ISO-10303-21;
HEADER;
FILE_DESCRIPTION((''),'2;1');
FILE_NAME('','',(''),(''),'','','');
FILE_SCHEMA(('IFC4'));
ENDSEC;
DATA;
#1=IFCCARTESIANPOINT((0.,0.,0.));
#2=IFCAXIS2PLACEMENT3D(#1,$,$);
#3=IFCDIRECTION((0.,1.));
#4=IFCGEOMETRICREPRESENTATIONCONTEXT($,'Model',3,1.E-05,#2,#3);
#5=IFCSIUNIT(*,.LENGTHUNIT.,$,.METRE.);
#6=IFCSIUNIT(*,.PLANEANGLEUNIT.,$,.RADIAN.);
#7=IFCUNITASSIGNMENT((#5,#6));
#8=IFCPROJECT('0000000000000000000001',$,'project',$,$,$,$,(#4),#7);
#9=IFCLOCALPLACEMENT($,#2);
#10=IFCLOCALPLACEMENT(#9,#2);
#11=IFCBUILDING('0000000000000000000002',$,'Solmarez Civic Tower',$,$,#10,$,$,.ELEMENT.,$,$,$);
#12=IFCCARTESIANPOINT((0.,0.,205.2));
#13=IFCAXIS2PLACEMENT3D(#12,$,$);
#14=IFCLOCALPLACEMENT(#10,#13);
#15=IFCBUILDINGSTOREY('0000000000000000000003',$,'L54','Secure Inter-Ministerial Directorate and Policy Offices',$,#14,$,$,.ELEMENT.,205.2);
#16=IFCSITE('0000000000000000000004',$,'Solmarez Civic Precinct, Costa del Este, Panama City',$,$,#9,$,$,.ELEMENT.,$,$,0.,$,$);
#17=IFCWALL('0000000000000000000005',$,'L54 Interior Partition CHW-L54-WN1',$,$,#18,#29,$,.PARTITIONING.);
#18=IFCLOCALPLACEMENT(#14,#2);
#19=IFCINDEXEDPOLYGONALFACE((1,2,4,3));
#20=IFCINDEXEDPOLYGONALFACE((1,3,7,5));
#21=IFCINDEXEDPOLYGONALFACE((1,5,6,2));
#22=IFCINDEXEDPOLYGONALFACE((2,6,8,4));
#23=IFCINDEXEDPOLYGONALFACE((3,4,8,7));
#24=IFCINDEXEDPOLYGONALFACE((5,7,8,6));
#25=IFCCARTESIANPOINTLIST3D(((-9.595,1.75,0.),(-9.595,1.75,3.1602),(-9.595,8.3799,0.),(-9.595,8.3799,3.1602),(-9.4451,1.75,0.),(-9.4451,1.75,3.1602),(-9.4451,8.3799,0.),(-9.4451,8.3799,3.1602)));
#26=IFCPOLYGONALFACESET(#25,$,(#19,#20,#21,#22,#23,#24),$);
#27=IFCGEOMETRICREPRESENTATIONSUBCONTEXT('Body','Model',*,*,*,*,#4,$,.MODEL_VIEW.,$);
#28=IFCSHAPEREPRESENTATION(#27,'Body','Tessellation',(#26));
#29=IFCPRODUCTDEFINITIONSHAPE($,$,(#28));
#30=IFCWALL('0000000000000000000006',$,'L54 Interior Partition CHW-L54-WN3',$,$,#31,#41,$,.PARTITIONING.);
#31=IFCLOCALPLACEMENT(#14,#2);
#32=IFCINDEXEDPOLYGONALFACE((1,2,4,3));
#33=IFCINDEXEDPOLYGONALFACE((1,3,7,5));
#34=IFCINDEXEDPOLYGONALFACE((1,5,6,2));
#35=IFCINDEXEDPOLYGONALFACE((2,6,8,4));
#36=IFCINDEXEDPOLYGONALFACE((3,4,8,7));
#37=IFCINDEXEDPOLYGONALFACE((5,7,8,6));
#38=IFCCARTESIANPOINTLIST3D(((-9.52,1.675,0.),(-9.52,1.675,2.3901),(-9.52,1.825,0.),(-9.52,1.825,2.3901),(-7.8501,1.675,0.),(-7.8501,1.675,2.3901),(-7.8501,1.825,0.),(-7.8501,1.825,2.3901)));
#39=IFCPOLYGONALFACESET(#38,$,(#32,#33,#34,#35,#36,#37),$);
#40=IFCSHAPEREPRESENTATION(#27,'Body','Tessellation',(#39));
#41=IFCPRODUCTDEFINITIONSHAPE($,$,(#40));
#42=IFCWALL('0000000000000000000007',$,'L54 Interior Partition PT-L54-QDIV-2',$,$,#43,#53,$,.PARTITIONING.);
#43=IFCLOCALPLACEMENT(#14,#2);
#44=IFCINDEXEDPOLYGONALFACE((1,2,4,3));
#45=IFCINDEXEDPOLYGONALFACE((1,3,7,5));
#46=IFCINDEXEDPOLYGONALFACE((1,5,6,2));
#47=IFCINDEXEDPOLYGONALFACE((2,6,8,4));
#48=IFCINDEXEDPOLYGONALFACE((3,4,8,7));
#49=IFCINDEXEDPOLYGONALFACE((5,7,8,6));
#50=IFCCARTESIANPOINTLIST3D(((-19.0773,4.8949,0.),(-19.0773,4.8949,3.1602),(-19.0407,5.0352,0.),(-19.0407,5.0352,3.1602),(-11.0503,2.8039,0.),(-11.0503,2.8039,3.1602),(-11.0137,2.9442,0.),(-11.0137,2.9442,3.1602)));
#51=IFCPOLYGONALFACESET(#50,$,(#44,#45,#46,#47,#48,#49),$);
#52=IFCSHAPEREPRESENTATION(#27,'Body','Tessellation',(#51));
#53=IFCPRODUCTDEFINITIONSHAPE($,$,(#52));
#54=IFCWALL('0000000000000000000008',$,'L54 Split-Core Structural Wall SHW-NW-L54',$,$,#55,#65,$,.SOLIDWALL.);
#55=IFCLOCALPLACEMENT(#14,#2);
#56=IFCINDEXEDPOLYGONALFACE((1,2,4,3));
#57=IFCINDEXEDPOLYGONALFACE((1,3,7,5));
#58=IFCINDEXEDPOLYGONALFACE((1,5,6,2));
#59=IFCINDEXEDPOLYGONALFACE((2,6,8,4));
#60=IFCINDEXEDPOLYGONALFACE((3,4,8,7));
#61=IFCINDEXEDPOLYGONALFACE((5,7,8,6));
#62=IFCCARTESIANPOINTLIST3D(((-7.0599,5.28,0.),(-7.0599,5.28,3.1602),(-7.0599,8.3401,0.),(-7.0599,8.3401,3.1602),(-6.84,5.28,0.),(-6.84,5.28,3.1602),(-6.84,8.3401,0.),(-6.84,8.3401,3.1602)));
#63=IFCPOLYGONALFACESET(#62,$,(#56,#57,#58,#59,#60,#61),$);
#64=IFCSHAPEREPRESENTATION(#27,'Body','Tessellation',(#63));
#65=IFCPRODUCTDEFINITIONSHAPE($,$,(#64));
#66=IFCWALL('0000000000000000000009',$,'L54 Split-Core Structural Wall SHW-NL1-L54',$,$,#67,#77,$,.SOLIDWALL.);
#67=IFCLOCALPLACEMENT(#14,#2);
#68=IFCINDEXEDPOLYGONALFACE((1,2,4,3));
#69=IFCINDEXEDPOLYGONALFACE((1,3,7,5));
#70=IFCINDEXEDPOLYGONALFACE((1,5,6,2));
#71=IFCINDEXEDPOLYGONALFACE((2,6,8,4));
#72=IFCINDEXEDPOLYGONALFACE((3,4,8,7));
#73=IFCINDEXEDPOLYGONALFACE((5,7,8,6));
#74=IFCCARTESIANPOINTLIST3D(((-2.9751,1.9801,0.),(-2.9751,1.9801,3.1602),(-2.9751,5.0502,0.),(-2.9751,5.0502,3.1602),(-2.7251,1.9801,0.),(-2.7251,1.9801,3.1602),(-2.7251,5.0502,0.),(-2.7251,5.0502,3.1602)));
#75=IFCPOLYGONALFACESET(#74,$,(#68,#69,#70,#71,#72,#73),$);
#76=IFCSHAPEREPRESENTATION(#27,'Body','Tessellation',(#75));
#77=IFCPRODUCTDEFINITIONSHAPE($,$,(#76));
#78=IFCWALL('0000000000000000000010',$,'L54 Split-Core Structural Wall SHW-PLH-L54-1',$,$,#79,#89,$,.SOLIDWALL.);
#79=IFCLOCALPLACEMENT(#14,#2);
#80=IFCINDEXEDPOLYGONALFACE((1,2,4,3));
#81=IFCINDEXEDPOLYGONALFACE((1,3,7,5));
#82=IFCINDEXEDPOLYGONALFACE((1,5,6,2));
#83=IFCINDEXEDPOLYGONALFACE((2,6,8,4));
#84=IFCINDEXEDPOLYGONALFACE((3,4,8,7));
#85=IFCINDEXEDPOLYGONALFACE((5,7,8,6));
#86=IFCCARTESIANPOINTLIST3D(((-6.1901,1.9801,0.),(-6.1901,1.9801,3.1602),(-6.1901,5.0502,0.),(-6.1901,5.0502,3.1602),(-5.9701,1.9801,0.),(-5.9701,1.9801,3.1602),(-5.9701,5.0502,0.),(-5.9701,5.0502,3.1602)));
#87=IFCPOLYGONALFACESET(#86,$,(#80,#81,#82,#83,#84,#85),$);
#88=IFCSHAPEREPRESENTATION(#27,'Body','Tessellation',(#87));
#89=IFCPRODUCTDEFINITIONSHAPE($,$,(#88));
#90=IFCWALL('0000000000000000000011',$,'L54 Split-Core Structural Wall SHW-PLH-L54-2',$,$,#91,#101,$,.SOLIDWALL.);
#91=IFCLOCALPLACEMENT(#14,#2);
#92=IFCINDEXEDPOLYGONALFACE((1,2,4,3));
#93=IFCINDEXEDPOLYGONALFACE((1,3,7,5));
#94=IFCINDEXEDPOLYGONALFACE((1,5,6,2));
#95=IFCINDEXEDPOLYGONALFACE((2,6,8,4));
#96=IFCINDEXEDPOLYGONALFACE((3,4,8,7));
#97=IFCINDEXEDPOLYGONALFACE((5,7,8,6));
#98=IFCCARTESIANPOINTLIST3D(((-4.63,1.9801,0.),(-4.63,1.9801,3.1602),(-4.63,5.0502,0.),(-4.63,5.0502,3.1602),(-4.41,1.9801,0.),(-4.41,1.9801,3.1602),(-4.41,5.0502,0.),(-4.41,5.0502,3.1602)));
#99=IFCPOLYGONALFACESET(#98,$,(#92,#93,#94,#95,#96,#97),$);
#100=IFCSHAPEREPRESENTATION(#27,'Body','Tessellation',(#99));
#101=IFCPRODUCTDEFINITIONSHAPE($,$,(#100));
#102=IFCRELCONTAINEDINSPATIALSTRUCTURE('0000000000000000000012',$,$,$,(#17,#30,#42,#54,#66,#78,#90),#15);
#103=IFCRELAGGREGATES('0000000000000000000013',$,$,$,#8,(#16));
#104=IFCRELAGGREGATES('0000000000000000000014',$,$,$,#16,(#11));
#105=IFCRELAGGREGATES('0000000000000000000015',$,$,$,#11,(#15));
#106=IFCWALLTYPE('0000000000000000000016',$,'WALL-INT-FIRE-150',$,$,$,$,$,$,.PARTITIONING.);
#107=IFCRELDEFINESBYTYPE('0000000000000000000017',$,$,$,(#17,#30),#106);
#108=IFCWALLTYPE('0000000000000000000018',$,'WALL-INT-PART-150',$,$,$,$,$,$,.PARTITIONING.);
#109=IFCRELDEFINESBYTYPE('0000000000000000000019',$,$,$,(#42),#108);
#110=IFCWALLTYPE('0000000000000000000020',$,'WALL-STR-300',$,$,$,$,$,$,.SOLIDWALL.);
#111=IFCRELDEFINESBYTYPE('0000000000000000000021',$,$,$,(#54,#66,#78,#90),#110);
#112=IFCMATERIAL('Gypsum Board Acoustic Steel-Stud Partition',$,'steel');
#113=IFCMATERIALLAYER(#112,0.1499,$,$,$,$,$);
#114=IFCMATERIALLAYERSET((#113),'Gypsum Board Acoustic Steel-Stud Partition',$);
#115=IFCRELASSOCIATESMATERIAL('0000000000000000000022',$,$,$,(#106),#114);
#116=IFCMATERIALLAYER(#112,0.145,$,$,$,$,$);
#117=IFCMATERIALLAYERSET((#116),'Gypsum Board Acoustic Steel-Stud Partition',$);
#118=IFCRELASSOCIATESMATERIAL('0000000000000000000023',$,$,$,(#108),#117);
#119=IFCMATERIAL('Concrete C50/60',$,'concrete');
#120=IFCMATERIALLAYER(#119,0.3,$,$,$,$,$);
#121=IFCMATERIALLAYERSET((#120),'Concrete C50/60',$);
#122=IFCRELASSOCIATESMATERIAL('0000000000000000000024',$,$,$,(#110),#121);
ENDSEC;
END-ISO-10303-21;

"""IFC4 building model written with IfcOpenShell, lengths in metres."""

from ifc_helpers import new_model, si_unit, direction, frame, frame_2d, origin, place, context, subcontext, project, spatial, rectangle, extrude, material, layer, layer_set, type_object, element, save


model = new_model("IFC4")

# Units and contexts
model_context = context("Model", 3, precision=1e-05, world=origin(), true_north=direction((0.0, 1.0)))
body_context = subcontext(model_context, "Body", "Model", "MODEL_VIEW")
ifc_project = project(units=[si_unit("LENGTHUNIT", "METRE"), si_unit("PLANEANGLEUNIT", "RADIAN")], contexts=[model_context])

# Site, building, storey
site_placement = place(None, origin())
site = spatial("IfcSite", under=ifc_project, at=site_placement, Name="Solmarez Civic Precinct, Costa del Este, Panama City", CompositionType="ELEMENT", RefElevation=0.0)
building_placement = place(site_placement, origin())
building = spatial("IfcBuilding", under=site, at=building_placement, Name="Solmarez Civic Tower", CompositionType="ELEMENT")
storey_placement = place(building_placement, frame((0.0, 0.0, 205.2)))
storey = spatial("IfcBuildingStorey", under=building, at=storey_placement, Name="L54", Description="Secure Inter-Ministerial Directorate and Policy Offices", CompositionType="ELEMENT", Elevation=205.2)

# Shared definitions
ifc_material_1 = material(Name="Concrete C50/60", Category="concrete")

# Walls
ifc_material_2 = material(Name="Gypsum Board Acoustic Steel-Stud Partition", Category="steel")
ifc_layer_1 = layer(ifc_material_2, 0.1499)
ifc_layer_set_1 = layer_set([ifc_layer_1], Name="Gypsum Board Acoustic Steel-Stud Partition")
wall_type_1 = type_object("IfcWallType", Name="WALL-INT-FIRE-150", PredefinedType="PARTITIONING", material=ifc_layer_set_1)
wall_1_placement = place(storey_placement, frame((-9.52, 1.75, 0.0), z_axis=(0.0, 0.0, 1.0), x_axis=(0.0, 1.0, 0.0)))
element("IfcWall", 1, at=wall_1_placement, inside=storey, type_object=wall_type_1, Name="L54 Interior Partition CHW-L54-WN1", PredefinedType="PARTITIONING", context=body_context, shape_type="SweptSolid", body=[
    extrude(rectangle(XDim=6.6299, YDim=0.1499, at=frame_2d((3.3149, 0.0))), origin(), (0.0, 0.0, 1.0), 3.1602),
])
wall_2_placement = place(storey_placement, frame((-7.8501, 1.75, 0.0), z_axis=(0.0, 0.0, 1.0), x_axis=(-1.0, 0.0, 0.0)))
element("IfcWall", 2, at=wall_2_placement, inside=storey, type_object=wall_type_1, Name="L54 Interior Partition CHW-L54-WN3", PredefinedType="PARTITIONING", context=body_context, shape_type="SweptSolid", body=[
    extrude(rectangle(XDim=1.6699, YDim=0.1499, at=frame_2d((0.835, 0.0))), origin(), (0.0, 0.0, 1.0), 2.3901),
])
ifc_layer_2 = layer(ifc_material_2, 0.145)
ifc_layer_set_2 = layer_set([ifc_layer_2], Name="Gypsum Board Acoustic Steel-Stud Partition")
wall_type_2 = type_object("IfcWallType", Name="WALL-INT-PART-150", PredefinedType="PARTITIONING", material=ifc_layer_set_2)
wall_3_placement = place(storey_placement, frame((-11.032, 2.874, 0.0), z_axis=(0.0, 0.0, 1.0), x_axis=(-0.967704, 0.252088, 0.0)))
element("IfcWall", 3, at=wall_3_placement, inside=storey, type_object=wall_type_2, Name="L54 Interior Partition PT-L54-QDIV-2", PredefinedType="PARTITIONING", context=body_context, shape_type="SweptSolid", body=[
    extrude(rectangle(XDim=8.2949, YDim=0.145, at=frame_2d((4.1475, 0.0))), origin(), (0.0, 0.0, 1.0), 3.1602),
])
ifc_layer_3 = layer(ifc_material_1, 0.3)
ifc_layer_set_3 = layer_set([ifc_layer_3], Name="Concrete C50/60")
wall_type_3 = type_object("IfcWallType", Name="WALL-STR-300", PredefinedType="SOLIDWALL", material=ifc_layer_set_3)
wall_4_placement = place(storey_placement, frame((-6.95, 5.28, 0.0), z_axis=(0.0, 0.0, 1.0), x_axis=(0.0, 1.0, 0.0)))
element("IfcWall", 4, at=wall_4_placement, inside=storey, type_object=wall_type_3, Name="L54 Split-Core Structural Wall SHW-NW-L54", PredefinedType="SOLIDWALL", context=body_context, shape_type="SweptSolid", body=[
    extrude(rectangle(XDim=3.0601, YDim=0.22, at=frame_2d((1.53, 0.0))), origin(), (0.0, 0.0, 1.0), 3.1602),
])
wall_5_placement = place(storey_placement, frame((-2.8501, 1.98, 0.0), z_axis=(0.0, 0.0, 1.0), x_axis=(0.0, 1.0, 0.0)))
element("IfcWall", 5, at=wall_5_placement, inside=storey, type_object=wall_type_3, Name="L54 Split-Core Structural Wall SHW-NL1-L54", PredefinedType="SOLIDWALL", context=body_context, shape_type="SweptSolid", body=[
    extrude(rectangle(XDim=3.0701, YDim=0.25, at=frame_2d((1.5352, 0.0))), origin(), (0.0, 0.0, 1.0), 3.1602),
])
for number, where, z_axis, x_axis, name in (
    (6, (-6.0801, 1.98, 0.0), (0.0, 0.0, 1.0), (0.0, 1.0, 0.0), "L54 Split-Core Structural Wall SHW-PLH-L54-1"),
    (7, (-4.52, 1.98, 0.0), (0.0, 0.0, 1.0), (0.0, 1.0, 0.0), "L54 Split-Core Structural Wall SHW-PLH-L54-2"),
):
    element("IfcWall", number, at=place(storey_placement, frame(where, z_axis=z_axis, x_axis=x_axis)), inside=storey, type_object=wall_type_3, Name=name, PredefinedType="SOLIDWALL", context=body_context, shape_type="SweptSolid", body=[
        extrude(rectangle(XDim=3.0701, YDim=0.22, at=frame_2d((1.5352, 0.0))), origin(), (0.0, 0.0, 1.0), 3.1602),
    ])

save(model, "model.ifc")
